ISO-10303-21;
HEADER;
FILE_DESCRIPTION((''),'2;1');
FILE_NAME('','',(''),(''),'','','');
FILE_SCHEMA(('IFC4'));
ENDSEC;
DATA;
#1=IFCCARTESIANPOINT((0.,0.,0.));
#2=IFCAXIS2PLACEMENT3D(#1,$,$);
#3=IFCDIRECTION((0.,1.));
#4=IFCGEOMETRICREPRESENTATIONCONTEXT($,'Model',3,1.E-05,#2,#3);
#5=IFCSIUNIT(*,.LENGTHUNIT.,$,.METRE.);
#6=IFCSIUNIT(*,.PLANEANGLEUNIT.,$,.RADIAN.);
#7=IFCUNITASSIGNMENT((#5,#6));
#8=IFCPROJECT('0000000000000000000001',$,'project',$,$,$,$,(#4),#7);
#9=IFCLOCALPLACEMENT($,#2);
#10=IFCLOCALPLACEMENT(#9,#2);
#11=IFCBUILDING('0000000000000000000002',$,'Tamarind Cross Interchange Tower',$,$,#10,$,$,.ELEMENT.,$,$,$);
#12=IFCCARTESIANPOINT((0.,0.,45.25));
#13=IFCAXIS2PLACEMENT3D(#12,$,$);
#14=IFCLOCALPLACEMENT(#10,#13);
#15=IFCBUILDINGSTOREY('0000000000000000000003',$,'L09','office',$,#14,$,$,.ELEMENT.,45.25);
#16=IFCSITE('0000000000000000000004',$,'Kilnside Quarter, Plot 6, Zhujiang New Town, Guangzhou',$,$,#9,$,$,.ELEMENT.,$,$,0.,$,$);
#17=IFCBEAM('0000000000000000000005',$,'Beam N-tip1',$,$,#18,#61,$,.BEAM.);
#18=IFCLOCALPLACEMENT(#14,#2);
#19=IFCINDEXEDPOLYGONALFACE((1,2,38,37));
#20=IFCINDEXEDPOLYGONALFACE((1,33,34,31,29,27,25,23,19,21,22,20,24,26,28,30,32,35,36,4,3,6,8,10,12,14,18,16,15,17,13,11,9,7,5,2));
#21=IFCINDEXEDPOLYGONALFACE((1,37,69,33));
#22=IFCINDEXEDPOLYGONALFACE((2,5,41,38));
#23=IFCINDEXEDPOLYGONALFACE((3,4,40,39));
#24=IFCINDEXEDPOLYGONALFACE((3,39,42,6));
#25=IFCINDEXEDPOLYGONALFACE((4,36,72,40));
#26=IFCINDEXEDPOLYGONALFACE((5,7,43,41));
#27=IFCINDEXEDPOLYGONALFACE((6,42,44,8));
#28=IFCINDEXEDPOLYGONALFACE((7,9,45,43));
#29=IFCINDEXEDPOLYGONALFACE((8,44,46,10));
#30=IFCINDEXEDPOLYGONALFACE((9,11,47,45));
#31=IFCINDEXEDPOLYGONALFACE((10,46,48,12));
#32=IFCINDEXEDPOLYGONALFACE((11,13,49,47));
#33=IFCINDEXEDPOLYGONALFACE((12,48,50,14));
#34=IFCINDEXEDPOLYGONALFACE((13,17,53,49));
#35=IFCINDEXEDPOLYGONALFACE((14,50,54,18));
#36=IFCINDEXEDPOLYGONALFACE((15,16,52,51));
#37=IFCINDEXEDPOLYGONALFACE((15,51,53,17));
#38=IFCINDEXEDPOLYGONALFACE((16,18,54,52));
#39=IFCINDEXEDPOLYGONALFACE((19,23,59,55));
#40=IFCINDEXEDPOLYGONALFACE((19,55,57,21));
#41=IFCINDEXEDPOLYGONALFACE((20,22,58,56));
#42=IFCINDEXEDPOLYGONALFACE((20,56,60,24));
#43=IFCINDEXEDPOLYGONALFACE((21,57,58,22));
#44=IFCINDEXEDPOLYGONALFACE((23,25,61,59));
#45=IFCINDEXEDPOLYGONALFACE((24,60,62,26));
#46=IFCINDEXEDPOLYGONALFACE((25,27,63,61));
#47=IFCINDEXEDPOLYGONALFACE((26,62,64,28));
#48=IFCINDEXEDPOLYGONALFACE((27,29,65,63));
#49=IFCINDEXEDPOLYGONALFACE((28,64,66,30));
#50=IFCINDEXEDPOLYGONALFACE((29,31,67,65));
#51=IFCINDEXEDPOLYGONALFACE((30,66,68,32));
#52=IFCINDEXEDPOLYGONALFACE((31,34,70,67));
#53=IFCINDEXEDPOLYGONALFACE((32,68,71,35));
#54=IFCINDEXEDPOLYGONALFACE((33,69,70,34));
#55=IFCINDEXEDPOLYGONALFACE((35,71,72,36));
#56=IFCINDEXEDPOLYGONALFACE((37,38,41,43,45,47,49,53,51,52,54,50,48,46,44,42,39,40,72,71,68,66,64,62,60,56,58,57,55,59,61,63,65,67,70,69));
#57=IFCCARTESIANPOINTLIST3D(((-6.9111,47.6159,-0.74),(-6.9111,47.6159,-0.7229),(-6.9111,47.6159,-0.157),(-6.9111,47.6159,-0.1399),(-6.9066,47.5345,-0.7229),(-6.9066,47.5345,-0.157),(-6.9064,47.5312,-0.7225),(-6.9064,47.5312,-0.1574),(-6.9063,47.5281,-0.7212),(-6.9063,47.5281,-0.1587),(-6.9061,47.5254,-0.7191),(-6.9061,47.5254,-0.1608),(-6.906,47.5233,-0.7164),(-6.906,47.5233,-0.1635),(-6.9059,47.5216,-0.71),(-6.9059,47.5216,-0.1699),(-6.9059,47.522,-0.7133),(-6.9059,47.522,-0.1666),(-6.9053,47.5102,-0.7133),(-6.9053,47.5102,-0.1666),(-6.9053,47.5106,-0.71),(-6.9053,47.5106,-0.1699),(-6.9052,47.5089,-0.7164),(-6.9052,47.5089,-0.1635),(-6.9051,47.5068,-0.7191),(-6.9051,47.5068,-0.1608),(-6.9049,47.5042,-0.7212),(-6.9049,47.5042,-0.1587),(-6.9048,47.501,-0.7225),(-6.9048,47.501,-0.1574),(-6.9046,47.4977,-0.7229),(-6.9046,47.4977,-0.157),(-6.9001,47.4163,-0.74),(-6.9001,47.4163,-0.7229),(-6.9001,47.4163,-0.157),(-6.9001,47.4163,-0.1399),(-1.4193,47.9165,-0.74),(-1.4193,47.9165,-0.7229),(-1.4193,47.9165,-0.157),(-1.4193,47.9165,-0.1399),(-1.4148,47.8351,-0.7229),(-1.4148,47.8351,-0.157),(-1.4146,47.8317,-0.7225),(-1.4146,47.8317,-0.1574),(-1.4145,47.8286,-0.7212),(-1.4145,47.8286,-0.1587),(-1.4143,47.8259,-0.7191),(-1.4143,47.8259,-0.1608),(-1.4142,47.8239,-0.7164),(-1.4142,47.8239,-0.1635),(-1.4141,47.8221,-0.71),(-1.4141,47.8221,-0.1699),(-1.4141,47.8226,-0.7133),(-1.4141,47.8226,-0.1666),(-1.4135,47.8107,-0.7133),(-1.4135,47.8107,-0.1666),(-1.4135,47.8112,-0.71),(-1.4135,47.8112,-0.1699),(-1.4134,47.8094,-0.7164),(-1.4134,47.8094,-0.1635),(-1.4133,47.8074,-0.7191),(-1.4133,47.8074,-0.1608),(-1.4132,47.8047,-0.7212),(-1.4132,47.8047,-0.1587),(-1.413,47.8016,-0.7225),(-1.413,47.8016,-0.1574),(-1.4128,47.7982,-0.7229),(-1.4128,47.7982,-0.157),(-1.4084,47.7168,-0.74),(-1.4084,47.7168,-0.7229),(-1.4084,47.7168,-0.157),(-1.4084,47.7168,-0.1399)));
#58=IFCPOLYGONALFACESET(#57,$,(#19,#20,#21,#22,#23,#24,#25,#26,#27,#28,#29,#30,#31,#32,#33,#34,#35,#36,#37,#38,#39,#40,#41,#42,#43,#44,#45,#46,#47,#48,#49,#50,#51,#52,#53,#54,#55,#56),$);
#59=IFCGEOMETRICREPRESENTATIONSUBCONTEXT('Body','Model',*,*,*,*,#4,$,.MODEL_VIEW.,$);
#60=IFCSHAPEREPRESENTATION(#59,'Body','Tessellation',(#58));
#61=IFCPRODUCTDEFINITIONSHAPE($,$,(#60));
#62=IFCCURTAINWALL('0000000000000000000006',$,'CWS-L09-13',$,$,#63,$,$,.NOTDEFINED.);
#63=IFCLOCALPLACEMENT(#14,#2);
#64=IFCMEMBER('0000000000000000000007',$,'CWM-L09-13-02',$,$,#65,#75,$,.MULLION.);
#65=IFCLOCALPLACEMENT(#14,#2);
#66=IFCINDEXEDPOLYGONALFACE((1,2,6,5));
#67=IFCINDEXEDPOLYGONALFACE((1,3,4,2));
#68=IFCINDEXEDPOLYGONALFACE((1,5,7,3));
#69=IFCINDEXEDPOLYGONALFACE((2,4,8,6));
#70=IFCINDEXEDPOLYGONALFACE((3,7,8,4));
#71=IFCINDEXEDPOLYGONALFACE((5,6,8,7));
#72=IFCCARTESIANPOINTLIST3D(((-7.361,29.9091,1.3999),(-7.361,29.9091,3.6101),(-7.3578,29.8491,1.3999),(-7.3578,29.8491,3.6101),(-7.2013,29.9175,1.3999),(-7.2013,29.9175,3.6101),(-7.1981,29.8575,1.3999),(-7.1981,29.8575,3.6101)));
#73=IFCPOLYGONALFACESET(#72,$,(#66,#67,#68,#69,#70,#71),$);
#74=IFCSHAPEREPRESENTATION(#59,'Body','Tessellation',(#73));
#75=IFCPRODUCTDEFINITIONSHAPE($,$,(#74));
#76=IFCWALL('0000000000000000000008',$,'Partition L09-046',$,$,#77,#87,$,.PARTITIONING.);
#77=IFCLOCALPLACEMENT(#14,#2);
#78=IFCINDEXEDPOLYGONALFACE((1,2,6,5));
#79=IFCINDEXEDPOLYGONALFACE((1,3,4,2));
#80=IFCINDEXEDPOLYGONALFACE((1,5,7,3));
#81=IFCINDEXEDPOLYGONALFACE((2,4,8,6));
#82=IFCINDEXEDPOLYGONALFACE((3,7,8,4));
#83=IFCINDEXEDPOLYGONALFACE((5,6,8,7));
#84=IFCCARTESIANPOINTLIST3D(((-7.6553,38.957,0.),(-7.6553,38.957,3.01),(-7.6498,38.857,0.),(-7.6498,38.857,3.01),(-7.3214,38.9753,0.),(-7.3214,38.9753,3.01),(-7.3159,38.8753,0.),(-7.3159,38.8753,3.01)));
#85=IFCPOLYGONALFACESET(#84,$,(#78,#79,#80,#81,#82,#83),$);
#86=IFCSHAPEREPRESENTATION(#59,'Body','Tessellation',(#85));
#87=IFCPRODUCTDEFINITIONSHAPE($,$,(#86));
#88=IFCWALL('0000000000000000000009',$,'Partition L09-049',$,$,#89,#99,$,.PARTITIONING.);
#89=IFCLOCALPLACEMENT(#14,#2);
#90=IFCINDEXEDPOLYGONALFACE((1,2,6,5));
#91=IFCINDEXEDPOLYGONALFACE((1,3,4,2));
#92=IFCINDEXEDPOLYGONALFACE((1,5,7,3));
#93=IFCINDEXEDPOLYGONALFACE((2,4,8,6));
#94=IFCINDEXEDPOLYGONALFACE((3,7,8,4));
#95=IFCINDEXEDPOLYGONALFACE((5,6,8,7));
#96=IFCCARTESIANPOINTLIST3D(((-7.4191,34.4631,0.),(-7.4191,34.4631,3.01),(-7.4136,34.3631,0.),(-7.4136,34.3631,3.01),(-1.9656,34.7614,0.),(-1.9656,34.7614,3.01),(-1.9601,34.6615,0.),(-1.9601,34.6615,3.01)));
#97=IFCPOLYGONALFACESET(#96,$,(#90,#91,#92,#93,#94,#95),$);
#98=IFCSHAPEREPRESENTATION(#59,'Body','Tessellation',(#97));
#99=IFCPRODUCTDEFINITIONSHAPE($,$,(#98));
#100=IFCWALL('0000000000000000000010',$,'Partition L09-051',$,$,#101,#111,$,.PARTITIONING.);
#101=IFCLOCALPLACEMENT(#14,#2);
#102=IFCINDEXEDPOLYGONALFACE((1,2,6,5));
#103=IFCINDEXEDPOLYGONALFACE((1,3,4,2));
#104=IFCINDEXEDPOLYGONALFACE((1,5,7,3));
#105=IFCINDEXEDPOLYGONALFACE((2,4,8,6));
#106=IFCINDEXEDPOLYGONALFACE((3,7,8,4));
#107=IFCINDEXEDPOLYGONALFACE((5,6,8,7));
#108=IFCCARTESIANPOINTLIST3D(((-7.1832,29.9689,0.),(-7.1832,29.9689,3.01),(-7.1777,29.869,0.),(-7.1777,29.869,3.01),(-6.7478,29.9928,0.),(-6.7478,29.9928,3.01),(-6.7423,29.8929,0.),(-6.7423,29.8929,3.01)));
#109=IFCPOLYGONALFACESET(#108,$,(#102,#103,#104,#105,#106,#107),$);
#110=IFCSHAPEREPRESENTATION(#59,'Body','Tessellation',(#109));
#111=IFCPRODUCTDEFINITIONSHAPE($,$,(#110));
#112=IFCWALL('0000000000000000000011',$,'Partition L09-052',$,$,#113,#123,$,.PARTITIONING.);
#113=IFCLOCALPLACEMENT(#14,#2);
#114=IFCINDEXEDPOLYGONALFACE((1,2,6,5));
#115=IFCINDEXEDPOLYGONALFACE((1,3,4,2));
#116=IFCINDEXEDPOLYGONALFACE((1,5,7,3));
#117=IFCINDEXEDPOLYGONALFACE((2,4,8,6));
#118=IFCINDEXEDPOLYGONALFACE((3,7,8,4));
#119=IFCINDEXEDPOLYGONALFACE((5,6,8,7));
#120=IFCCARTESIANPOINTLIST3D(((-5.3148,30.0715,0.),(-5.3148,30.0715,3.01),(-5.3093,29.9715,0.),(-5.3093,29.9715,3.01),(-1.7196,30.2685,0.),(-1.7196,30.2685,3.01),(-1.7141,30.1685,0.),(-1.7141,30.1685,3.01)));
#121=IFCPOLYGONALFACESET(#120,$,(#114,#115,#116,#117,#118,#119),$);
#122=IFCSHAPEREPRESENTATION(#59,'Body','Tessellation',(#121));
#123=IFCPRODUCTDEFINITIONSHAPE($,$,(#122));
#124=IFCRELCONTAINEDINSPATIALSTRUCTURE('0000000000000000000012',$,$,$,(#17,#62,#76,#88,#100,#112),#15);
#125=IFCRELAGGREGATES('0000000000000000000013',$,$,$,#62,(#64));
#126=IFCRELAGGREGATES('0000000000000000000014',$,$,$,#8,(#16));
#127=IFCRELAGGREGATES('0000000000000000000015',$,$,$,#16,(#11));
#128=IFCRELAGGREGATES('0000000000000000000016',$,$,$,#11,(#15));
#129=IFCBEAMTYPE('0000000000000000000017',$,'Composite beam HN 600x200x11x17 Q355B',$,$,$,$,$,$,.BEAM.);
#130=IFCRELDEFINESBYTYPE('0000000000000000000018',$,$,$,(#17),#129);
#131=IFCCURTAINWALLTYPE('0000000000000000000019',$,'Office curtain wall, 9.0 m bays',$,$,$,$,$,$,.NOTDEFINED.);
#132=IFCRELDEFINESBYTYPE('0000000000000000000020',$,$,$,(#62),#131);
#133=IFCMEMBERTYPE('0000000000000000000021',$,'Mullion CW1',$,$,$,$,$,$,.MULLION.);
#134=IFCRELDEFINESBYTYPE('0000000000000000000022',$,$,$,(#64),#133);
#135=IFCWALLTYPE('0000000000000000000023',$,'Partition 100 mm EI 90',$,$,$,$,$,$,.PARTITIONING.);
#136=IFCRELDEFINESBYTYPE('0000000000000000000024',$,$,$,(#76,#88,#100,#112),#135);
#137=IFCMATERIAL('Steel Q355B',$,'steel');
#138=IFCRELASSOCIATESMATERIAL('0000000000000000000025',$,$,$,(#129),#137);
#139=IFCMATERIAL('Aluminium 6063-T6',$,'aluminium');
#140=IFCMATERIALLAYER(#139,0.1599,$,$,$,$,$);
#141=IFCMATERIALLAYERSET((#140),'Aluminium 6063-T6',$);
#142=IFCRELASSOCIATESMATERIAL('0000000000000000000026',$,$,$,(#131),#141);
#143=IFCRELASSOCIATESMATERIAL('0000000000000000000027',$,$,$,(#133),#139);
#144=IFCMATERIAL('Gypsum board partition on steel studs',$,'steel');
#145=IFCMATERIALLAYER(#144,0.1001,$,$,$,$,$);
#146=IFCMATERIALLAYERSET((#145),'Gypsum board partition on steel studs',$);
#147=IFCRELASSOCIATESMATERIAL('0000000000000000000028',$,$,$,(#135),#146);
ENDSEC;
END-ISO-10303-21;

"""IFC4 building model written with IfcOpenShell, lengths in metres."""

from ifc_helpers import new_model, si_unit, direction, frame, frame_2d, origin, origin_2d, place, context, subcontext, project, spatial, rectangle, i_section, extrude, material, layer, layer_set, material_profile, profile_set, type_object, element, aggregate, save


model = new_model("IFC4")

# Units and contexts
model_context = context("Model", 3, precision=1e-05, world=origin(), true_north=direction((0.0, 1.0)))
body_context = subcontext(model_context, "Body", "Model", "MODEL_VIEW")
ifc_project = project(units=[si_unit("LENGTHUNIT", "METRE"), si_unit("PLANEANGLEUNIT", "RADIAN")], contexts=[model_context])

# Site, building, storey
site_placement = place(None, origin())
site = spatial("IfcSite", under=ifc_project, at=site_placement, Name="Kilnside Quarter, Plot 6, Zhujiang New Town, Guangzhou", CompositionType="ELEMENT", RefElevation=0.0)
building_placement = place(site_placement, origin())
building = spatial("IfcBuilding", under=site, at=building_placement, Name="Tamarind Cross Interchange Tower", CompositionType="ELEMENT")
storey_placement = place(building_placement, frame((0.0, 0.0, 45.25)))
storey = spatial("IfcBuildingStorey", under=building, at=storey_placement, Name="L09", Description="office", CompositionType="ELEMENT", Elevation=45.25)

# Beam
ifc_material_1 = material(Name="Steel Q355B", Category="steel")
ifc_material_profile_1 = material_profile(ifc_material_1, i_section(OverallWidth=0.2, OverallDepth=0.6001, WebThickness=0.011, FlangeThickness=0.0171, FilletRadius=0.0129, at=origin_2d()), Name="HN 600x200x11x17")
ifc_profile_set_1 = profile_set([ifc_material_profile_1], Name="Steel Q355B")
beam_type_1 = type_object("IfcBeamType", Name="Composite beam HN 600x200x11x17 Q355B", PredefinedType="BEAM", material=ifc_profile_set_1)
beam_1_placement = place(storey_placement, frame((-1.4138, 47.8167, -0.4399), z_axis=(-0.998506, -0.054644, 0.0), x_axis=(0.054644, -0.998506, 0.0)))
element("IfcBeam", 1, at=beam_1_placement, inside=storey, type_object=beam_type_1, Name="Beam N-tip1", PredefinedType="BEAM", context=body_context, shape_type="SweptSolid", body=[
    extrude(i_section(OverallWidth=0.2, OverallDepth=0.6001, WebThickness=0.011, FlangeThickness=0.0171, FilletRadius=0.0129, at=origin_2d()), origin(), (0.0, 0.0, 1.0), 5.5),
])

# Curtain wall, member
ifc_material_2 = material(Name="Aluminium 6063-T6", Category="aluminium")
ifc_layer_1 = layer(ifc_material_2, 0.1599)
ifc_layer_set_1 = layer_set([ifc_layer_1], Name="Aluminium 6063-T6")
curtain_wall_type = type_object("IfcCurtainWallType", Name="Office curtain wall, 9.0 m bays", PredefinedType="NOTDEFINED", material=ifc_layer_set_1)
curtain_wall_placement = place(storey_placement, origin())
curtain_wall = element("IfcCurtainWall", 2, at=curtain_wall_placement, inside=storey, type_object=curtain_wall_type, Name="CWS-L09-13", PredefinedType="NOTDEFINED")
ifc_material_profile_2 = material_profile(ifc_material_2, rectangle(XDim=0.0601, YDim=0.1599, at=origin_2d()), Name="Mullion CW1")
ifc_profile_set_2 = profile_set([ifc_material_profile_2], Name="Aluminium 6063-T6")
member_type = type_object("IfcMemberType", Name="Mullion CW1", PredefinedType="MULLION", material=ifc_profile_set_2)
member_placement = place(storey_placement, frame((-7.2795, 29.8833, 1.3999), z_axis=(0.0, 0.0, 1.0), x_axis=(0.052478, -0.998622, 0.0)))
member = element("IfcMember", 3, at=member_placement, type_object=member_type, Name="CWM-L09-13-02", PredefinedType="MULLION", context=body_context, shape_type="SweptSolid", body=[
    extrude(rectangle(XDim=0.0601, YDim=0.1599, at=origin_2d()), origin(), (0.0, 0.0, 1.0), 2.2102),
])
aggregate(curtain_wall, [member])

# Walls
ifc_material_3 = material(Name="Gypsum board partition on steel studs", Category="steel")
ifc_layer_2 = layer(ifc_material_3, 0.1001)
ifc_layer_set_2 = layer_set([ifc_layer_2], Name="Gypsum board partition on steel studs")
wall_type_1 = type_object("IfcWallType", Name="Partition 100 mm EI 90", PredefinedType="PARTITIONING", material=ifc_layer_set_2)
wall_1_placement = place(storey_placement, frame((-7.6526, 38.907, 0.0), z_axis=(0.0, 0.0, 1.0), x_axis=(0.998501, 0.054742, 0.0)))
element("IfcWall", 4, at=wall_1_placement, inside=storey, type_object=wall_type_1, Name="Partition L09-046", PredefinedType="PARTITIONING", context=body_context, shape_type="SweptSolid", body=[
    extrude(rectangle(XDim=0.3345, YDim=0.1001, at=frame_2d((0.1672, 0.0))), origin(), (0.0, 0.0, 1.0), 3.01),
])
wall_2_placement = place(storey_placement, frame((-7.4165, 34.4131, 0.0), z_axis=(0.0, 0.0, 1.0), x_axis=(0.998507, 0.054623, 0.0)))
element("IfcWall", 5, at=wall_2_placement, inside=storey, type_object=wall_type_1, Name="Partition L09-049", PredefinedType="PARTITIONING", context=body_context, shape_type="SweptSolid", body=[
    extrude(rectangle(XDim=5.4617, YDim=0.1001, at=frame_2d((2.731, 0.0))), origin(), (0.0, 0.0, 1.0), 3.01),
])
wall_3_placement = place(storey_placement, frame((-7.1804, 29.9189, 0.0), z_axis=(0.0, 0.0, 1.0), x_axis=(0.998493, 0.054881, 0.0)))
element("IfcWall", 6, at=wall_3_placement, inside=storey, type_object=wall_type_1, Name="Partition L09-051", PredefinedType="PARTITIONING", context=body_context, shape_type="SweptSolid", body=[
    extrude(rectangle(XDim=0.436, YDim=0.1001, at=frame_2d((0.218, 0.0))), origin(), (0.0, 0.0, 1.0), 3.01),
])
wall_4_placement = place(storey_placement, frame((-5.312, 30.0215, 0.0), z_axis=(0.0, 0.0, 1.0), x_axis=(0.998502, 0.054719, 0.0)))
element("IfcWall", 7, at=wall_4_placement, inside=storey, type_object=wall_type_1, Name="Partition L09-052", PredefinedType="PARTITIONING", context=body_context, shape_type="SweptSolid", body=[
    extrude(rectangle(XDim=3.6006, YDim=0.1001, at=frame_2d((1.8003, 0.0))), origin(), (0.0, 0.0, 1.0), 3.01),
])

save(model, "model.ifc")
